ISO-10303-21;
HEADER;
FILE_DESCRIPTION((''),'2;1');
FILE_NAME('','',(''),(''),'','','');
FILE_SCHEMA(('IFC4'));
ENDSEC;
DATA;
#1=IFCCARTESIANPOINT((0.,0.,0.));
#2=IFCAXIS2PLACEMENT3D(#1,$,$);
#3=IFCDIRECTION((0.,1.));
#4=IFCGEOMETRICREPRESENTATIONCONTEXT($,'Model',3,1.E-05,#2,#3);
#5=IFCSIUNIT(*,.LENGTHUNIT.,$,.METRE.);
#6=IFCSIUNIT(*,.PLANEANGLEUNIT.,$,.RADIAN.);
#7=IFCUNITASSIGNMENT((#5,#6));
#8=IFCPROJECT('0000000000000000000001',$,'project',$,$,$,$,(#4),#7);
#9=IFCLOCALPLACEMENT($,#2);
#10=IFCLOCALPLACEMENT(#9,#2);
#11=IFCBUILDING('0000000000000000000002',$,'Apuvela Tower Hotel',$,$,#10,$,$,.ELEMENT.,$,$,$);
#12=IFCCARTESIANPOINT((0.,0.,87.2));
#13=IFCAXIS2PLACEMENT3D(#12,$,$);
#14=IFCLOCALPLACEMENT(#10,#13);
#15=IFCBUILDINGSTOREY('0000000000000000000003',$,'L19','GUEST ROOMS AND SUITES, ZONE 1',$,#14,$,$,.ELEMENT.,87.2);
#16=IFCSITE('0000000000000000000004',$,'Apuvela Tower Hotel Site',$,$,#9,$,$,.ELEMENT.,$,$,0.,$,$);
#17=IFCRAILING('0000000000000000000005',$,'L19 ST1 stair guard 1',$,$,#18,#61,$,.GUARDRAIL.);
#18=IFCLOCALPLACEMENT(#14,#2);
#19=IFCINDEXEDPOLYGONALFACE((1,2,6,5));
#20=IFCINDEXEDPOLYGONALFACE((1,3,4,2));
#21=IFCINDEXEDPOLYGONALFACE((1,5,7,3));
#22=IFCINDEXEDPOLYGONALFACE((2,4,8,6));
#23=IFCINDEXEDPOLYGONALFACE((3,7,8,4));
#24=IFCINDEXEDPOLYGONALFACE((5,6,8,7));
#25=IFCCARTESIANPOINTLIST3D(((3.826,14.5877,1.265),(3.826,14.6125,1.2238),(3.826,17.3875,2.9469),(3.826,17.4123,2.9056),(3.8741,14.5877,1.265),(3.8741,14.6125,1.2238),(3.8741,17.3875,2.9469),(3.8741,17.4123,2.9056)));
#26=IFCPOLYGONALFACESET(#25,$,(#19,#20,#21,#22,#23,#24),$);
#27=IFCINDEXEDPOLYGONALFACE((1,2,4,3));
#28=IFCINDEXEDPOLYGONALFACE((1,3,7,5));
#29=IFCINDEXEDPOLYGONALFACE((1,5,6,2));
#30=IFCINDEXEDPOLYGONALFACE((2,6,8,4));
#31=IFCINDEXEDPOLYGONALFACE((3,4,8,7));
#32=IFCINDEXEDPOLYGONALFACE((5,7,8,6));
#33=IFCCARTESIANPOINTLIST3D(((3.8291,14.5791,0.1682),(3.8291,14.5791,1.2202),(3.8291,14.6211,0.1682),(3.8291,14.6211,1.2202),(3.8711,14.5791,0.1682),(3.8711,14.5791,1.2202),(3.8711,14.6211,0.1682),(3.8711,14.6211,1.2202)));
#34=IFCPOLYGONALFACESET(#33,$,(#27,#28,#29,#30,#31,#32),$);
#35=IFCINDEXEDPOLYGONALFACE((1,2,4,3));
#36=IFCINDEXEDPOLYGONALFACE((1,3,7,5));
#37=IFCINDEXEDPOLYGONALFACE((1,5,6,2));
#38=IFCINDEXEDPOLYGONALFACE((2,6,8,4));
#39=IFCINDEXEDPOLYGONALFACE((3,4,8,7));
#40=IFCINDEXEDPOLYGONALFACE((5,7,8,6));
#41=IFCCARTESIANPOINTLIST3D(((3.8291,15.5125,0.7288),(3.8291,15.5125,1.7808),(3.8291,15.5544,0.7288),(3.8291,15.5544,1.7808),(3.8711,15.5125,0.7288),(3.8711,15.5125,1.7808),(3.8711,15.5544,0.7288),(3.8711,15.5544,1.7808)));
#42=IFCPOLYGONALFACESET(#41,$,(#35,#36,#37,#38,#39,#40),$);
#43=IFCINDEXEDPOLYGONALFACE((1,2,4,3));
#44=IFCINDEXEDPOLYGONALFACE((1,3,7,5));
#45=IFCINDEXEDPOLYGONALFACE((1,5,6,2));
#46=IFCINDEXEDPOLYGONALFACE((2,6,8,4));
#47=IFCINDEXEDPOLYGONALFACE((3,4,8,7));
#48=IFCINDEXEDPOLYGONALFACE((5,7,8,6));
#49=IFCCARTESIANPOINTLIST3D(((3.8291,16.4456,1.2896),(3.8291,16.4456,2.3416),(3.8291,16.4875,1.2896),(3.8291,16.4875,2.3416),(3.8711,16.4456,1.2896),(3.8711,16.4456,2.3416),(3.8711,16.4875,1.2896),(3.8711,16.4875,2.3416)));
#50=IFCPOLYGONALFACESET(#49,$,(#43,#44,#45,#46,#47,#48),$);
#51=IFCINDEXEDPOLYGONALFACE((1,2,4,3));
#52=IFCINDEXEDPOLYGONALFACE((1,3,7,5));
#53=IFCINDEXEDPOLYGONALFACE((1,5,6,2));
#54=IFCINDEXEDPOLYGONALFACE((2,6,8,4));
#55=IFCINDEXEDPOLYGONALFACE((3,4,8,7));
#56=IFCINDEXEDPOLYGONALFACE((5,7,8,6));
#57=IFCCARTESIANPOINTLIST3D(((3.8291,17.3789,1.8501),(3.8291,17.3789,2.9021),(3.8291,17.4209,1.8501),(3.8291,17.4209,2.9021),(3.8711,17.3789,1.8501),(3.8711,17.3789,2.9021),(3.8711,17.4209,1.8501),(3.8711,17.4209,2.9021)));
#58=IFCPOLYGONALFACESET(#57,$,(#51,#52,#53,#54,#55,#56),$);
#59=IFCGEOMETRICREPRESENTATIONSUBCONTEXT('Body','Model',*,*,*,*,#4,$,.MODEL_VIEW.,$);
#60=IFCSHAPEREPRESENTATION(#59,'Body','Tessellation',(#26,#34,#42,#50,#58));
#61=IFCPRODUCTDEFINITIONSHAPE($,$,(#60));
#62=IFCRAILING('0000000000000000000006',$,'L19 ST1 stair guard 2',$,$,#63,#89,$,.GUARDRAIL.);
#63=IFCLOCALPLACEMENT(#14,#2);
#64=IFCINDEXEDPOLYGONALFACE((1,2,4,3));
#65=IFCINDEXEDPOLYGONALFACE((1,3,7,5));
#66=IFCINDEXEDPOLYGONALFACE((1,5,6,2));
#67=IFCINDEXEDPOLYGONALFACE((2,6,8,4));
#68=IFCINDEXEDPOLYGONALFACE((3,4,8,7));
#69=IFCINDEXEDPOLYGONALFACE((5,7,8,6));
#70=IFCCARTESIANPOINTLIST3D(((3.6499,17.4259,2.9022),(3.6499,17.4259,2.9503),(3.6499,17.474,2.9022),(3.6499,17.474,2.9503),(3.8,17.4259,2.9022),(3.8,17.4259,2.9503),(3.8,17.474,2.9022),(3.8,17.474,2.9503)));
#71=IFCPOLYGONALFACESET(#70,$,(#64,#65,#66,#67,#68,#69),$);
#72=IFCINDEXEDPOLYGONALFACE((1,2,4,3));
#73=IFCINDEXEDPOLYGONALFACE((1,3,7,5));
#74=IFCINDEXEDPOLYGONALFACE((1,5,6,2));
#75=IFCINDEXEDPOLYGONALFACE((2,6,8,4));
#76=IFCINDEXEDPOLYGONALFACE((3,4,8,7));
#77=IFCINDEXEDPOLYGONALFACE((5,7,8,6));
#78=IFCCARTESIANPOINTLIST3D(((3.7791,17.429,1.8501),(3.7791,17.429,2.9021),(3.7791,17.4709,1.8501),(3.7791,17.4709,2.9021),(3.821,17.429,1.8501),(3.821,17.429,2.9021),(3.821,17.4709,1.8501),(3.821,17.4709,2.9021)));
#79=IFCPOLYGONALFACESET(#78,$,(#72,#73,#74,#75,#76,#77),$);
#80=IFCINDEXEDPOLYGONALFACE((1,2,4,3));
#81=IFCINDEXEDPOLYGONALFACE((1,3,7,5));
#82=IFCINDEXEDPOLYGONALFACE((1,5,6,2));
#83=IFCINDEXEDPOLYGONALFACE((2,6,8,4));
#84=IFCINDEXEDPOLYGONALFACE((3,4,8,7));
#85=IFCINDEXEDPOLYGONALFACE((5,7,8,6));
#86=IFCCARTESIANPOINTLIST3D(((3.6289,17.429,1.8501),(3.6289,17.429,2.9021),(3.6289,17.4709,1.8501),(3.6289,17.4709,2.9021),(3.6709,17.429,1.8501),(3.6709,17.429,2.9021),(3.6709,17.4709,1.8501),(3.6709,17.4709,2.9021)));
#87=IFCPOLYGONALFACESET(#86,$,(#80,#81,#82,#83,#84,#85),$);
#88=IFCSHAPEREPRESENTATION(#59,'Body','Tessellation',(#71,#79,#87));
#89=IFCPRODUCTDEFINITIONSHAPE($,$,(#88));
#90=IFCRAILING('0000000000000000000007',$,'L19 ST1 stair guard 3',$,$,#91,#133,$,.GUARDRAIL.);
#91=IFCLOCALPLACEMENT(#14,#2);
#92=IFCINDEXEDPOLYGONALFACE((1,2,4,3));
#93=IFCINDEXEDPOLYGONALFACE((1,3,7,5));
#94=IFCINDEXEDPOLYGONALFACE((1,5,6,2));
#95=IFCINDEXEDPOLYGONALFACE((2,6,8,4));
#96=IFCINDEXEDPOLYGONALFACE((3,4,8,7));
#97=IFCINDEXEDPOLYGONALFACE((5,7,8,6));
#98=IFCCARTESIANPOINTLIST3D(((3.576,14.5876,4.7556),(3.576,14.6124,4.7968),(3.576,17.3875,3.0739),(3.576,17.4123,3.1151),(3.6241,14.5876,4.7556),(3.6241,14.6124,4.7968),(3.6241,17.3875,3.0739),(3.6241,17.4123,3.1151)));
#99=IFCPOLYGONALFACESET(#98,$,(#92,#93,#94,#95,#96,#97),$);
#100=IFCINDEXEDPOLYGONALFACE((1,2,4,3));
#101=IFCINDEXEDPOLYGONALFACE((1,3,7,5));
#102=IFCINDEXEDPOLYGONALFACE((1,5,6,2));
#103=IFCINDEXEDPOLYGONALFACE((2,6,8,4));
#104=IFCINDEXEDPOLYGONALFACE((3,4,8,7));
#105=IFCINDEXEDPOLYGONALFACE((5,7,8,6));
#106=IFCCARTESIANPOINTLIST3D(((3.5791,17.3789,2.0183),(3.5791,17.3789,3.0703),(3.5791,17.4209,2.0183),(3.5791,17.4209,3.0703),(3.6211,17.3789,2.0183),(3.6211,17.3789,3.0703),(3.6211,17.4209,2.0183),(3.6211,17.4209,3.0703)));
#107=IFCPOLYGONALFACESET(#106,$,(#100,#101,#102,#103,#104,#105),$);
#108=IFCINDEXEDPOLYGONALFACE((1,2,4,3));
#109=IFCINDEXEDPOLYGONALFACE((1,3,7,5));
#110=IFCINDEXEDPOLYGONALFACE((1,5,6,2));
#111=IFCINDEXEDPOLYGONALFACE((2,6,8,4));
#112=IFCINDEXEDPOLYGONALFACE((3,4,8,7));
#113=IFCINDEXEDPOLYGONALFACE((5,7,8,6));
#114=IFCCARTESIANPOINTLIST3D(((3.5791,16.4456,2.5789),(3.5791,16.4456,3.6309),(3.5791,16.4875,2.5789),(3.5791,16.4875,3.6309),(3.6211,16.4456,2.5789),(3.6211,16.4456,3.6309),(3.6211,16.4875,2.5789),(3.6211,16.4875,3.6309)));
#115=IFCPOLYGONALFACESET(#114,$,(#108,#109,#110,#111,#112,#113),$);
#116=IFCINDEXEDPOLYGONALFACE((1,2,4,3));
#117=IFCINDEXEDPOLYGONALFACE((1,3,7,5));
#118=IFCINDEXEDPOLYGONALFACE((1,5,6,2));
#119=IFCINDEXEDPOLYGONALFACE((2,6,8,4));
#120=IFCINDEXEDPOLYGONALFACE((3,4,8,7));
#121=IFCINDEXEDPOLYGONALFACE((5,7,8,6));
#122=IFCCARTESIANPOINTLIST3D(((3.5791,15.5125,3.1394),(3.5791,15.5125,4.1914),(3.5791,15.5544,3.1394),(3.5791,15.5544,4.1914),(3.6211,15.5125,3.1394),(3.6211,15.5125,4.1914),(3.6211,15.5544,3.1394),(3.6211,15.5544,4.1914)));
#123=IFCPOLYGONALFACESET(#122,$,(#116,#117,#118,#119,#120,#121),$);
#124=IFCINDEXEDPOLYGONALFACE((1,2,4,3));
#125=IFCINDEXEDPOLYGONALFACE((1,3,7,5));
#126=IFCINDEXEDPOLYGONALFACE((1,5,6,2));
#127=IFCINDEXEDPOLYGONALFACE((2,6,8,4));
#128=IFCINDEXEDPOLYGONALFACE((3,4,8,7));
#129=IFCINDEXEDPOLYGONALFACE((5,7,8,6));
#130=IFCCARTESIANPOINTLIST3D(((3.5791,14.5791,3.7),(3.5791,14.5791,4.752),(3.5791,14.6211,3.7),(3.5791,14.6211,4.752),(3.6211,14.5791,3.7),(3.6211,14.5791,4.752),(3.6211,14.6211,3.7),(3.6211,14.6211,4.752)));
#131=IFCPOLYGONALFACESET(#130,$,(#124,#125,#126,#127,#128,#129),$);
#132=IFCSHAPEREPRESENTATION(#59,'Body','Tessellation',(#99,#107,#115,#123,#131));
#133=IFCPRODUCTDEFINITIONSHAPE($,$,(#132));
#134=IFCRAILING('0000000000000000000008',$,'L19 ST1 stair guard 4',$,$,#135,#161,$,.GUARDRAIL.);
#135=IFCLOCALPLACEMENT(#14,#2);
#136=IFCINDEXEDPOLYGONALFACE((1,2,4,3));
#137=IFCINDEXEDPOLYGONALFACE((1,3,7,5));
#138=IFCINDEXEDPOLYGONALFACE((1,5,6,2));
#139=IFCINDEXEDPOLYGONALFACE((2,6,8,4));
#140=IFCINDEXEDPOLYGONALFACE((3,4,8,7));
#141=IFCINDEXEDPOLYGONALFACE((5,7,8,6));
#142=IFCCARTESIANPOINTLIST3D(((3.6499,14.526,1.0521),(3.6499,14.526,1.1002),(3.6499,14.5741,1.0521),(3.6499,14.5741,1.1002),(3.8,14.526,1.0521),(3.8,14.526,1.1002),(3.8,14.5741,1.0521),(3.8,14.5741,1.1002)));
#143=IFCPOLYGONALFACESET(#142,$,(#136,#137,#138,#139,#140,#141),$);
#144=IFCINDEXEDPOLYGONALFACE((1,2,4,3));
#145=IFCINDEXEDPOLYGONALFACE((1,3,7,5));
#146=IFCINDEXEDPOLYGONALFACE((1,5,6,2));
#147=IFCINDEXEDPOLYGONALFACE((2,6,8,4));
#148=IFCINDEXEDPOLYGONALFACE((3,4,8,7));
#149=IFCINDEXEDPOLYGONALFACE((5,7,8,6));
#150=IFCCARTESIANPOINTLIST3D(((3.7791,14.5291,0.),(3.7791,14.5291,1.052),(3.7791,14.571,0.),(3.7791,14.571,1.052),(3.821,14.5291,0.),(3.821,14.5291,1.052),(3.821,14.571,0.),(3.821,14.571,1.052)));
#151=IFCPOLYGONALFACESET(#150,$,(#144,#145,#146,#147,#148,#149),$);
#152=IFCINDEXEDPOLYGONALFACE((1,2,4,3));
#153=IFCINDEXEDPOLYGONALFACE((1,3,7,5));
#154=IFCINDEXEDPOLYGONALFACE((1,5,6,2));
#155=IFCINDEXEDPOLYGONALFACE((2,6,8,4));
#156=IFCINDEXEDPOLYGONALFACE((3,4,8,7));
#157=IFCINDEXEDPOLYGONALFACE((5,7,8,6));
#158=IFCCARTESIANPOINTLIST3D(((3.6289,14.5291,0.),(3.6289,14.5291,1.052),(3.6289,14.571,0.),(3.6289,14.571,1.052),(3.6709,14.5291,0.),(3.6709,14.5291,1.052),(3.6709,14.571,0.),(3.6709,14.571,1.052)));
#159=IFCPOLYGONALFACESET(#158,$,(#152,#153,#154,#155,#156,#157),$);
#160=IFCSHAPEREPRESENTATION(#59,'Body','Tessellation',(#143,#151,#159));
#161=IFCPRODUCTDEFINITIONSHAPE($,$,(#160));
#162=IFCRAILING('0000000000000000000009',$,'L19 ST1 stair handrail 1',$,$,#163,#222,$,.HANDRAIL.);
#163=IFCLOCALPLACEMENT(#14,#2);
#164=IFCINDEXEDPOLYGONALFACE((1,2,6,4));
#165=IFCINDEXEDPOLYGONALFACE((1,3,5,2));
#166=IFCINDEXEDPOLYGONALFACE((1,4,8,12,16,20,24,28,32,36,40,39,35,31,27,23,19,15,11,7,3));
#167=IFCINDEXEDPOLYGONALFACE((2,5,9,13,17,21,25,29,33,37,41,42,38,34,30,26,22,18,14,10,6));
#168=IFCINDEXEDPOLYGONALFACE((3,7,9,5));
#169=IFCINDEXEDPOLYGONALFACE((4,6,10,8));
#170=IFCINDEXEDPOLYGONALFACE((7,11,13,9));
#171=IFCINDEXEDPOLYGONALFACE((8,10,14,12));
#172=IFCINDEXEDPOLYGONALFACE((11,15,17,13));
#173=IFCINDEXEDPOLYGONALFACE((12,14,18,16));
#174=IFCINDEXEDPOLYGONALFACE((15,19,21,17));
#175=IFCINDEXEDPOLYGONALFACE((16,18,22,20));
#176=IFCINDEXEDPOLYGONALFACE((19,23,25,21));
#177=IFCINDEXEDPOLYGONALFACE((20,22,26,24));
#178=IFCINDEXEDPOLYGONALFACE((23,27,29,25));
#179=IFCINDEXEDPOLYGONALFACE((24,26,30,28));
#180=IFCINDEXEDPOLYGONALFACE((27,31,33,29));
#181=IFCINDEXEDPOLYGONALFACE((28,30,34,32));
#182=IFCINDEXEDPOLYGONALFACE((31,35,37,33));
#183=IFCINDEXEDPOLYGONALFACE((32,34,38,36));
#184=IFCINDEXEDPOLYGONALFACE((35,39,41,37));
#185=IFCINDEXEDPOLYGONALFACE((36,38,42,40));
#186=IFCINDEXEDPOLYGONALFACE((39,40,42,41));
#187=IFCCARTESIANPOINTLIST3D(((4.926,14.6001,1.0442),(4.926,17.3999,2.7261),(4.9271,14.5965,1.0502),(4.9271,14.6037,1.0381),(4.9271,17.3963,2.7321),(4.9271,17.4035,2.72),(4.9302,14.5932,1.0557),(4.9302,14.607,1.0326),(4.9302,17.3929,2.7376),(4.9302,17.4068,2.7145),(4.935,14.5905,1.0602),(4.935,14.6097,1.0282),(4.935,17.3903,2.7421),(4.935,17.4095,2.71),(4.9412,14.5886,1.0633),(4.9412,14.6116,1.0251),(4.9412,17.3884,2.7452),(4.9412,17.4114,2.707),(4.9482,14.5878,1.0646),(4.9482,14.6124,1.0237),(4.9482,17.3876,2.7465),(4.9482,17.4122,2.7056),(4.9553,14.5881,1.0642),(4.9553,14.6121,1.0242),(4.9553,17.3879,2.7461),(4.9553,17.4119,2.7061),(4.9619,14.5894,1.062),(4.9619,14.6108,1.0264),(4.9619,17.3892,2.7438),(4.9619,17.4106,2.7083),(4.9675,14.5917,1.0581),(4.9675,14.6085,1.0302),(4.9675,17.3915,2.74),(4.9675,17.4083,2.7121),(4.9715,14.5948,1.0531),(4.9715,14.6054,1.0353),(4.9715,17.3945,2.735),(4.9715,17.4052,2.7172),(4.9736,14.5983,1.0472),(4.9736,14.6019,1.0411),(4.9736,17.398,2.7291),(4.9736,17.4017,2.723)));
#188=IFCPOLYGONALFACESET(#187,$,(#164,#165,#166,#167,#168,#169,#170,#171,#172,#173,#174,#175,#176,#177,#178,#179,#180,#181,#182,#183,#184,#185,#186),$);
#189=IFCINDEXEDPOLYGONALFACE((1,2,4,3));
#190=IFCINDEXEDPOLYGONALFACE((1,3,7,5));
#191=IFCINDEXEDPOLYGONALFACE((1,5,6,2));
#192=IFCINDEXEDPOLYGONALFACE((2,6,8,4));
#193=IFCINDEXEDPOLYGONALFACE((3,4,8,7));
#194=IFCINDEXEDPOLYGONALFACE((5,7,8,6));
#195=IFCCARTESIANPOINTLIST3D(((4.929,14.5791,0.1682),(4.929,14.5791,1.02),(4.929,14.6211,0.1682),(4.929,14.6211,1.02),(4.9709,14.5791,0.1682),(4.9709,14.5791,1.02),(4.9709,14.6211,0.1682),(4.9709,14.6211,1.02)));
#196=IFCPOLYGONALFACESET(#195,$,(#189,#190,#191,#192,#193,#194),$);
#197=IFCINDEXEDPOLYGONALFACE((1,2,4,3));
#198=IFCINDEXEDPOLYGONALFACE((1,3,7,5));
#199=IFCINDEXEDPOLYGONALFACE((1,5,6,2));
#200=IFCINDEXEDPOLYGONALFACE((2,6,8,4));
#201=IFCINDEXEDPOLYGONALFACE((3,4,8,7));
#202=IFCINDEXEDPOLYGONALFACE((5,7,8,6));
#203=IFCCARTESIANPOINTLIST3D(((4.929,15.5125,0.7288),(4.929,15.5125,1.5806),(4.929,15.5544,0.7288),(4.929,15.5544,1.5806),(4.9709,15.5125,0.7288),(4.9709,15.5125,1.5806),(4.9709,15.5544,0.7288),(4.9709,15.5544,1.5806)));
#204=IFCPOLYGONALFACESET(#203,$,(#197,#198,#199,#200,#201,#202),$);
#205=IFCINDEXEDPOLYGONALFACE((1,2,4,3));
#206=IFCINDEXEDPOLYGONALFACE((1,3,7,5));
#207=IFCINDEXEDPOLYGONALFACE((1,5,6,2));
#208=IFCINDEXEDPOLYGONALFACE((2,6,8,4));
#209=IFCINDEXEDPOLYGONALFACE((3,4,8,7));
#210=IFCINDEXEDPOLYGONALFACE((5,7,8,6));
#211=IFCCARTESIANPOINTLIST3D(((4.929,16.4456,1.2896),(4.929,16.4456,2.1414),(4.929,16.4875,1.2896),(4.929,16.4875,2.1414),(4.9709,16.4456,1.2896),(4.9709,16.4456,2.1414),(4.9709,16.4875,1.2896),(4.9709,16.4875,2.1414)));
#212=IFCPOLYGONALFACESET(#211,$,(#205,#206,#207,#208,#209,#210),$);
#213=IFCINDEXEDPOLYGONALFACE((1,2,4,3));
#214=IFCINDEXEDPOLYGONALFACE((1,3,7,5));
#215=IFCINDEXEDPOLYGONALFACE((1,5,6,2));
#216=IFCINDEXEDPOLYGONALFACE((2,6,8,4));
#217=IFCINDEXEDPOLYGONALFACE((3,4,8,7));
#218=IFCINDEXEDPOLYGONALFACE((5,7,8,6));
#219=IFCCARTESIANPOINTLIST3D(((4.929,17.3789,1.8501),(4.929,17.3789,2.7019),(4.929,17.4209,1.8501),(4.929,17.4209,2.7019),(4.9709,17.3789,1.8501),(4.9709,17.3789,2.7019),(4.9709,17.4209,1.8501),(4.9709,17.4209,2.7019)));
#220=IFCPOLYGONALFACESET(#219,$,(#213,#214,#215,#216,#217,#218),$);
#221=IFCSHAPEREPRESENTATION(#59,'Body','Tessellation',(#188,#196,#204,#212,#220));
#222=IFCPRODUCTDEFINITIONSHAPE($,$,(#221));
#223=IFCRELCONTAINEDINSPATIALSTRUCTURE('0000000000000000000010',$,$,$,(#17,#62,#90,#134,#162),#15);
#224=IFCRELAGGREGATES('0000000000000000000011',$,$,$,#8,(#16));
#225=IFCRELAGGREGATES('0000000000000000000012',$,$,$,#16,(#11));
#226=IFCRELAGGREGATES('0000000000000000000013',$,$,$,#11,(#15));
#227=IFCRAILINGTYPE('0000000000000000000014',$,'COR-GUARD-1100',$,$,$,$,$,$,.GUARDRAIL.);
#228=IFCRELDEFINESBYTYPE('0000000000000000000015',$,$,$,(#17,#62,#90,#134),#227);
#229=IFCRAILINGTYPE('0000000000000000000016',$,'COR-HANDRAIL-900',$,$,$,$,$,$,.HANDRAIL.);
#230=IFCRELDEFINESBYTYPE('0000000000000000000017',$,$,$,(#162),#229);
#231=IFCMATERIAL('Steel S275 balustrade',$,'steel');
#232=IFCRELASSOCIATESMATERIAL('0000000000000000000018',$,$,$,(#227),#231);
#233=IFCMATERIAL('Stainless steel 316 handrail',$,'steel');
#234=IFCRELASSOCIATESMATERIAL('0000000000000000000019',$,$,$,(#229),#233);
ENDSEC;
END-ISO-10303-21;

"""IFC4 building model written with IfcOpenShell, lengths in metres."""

from ifc_helpers import new_model, si_unit, direction, frame, origin, origin_2d, place, context, subcontext, project, spatial, rectangle, circle, extrude, material, type_object, element, save


model = new_model("IFC4")

# Units and contexts
model_context = context("Model", 3, precision=1e-05, world=origin(), true_north=direction((0.0, 1.0)))
body_context = subcontext(model_context, "Body", "Model", "MODEL_VIEW")
ifc_project = project(units=[si_unit("LENGTHUNIT", "METRE"), si_unit("PLANEANGLEUNIT", "RADIAN")], contexts=[model_context])

# Site, building, storey
site_placement = place(None, origin())
site = spatial("IfcSite", under=ifc_project, at=site_placement, Name="Apuvela Tower Hotel Site", CompositionType="ELEMENT", RefElevation=0.0)
building_placement = place(site_placement, origin())
building = spatial("IfcBuilding", under=site, at=building_placement, Name="Apuvela Tower Hotel", CompositionType="ELEMENT")
storey_placement = place(building_placement, frame((0.0, 0.0, 87.2)))
storey = spatial("IfcBuildingStorey", under=building, at=storey_placement, Name="L19", Description="GUEST ROOMS AND SUITES, ZONE 1", CompositionType="ELEMENT", Elevation=87.2)

# Railings
ifc_material_1 = material(Name="Steel S275 balustrade", Category="steel")
railing_type_1 = type_object("IfcRailingType", Name="COR-GUARD-1100", PredefinedType="GUARDRAIL", material=ifc_material_1)
railing_1_placement = place(storey_placement, frame((3.8501, 14.6001, 0.1682)))
element("IfcRailing", 1, at=railing_1_placement, inside=storey, type_object=railing_type_1, Name="L19 ST1 stair guard 1", PredefinedType="GUARDRAIL", context=body_context, shape_type="SweptSolid", body=[
    extrude(rectangle(XDim=0.0481, YDim=0.0481, at=origin_2d()), frame((0.0, 0.0, 1.0762), z_axis=(0.0, 0.857222, 0.514946), x_axis=(-1.0, 0.0, 0.0)), (0.0, 0.0, 1.0), 3.2661),
    extrude(rectangle(XDim=0.042, YDim=0.042, at=origin_2d()), origin(), (0.0, 0.0, 1.0), 1.052),
    extrude(rectangle(XDim=0.042, YDim=0.042, at=origin_2d()), frame((0.0, 0.9333, 0.5605)), (0.0, 0.0, 1.0), 1.052),
    extrude(rectangle(XDim=0.042, YDim=0.042, at=origin_2d()), frame((0.0, 1.8665, 1.1213)), (0.0, 0.0, 1.0), 1.052),
    extrude(rectangle(XDim=0.042, YDim=0.042, at=origin_2d()), frame((0.0, 2.7998, 1.6819)), (0.0, 0.0, 1.0), 1.052),
])
railing_2_placement = place(storey_placement, frame((3.8, 17.45, 1.8501)))
element("IfcRailing", 2, at=railing_2_placement, inside=storey, type_object=railing_type_1, Name="L19 ST1 stair guard 2", PredefinedType="GUARDRAIL", context=body_context, shape_type="SweptSolid", body=[
    extrude(rectangle(XDim=0.0481, YDim=0.0481, at=origin_2d()), frame((0.0, 0.0, 1.0762), z_axis=(-1.0, 0.0, 0.0), x_axis=(0.0, -1.0, 0.0)), (0.0, 0.0, 1.0), 0.1501),
    extrude(rectangle(XDim=0.042, YDim=0.042, at=origin_2d()), origin(), (0.0, 0.0, 1.0), 1.052),
    extrude(rectangle(XDim=0.042, YDim=0.042, at=origin_2d()), frame((-0.1501, 0.0, 0.0)), (0.0, 0.0, 1.0), 1.052),
])
railing_3_placement = place(storey_placement, frame((3.6001, 17.3999, 2.0183)))
element("IfcRailing", 3, at=railing_3_placement, inside=storey, type_object=railing_type_1, Name="L19 ST1 stair guard 3", PredefinedType="GUARDRAIL", context=body_context, shape_type="SweptSolid", body=[
    extrude(rectangle(XDim=0.0481, YDim=0.0481, at=origin_2d()), frame((0.0, 0.0, 1.0762), z_axis=(0.0, -0.857255, 0.514891), x_axis=(1.0, 0.0, 0.0)), (0.0, 0.0, 1.0), 3.2661),
    extrude(rectangle(XDim=0.042, YDim=0.042, at=origin_2d()), origin(), (0.0, 0.0, 1.0), 1.052),
    extrude(rectangle(XDim=0.042, YDim=0.042, at=origin_2d()), frame((0.0, -0.9333, 0.5605)), (0.0, 0.0, 1.0), 1.052),
    extrude(rectangle(XDim=0.042, YDim=0.042, at=origin_2d()), frame((0.0, -1.8665, 1.1211)), (0.0, 0.0, 1.0), 1.052),
    extrude(rectangle(XDim=0.042, YDim=0.042, at=origin_2d()), frame((0.0, -2.7998, 1.6816)), (0.0, 0.0, 1.0), 1.052),
])
railing_4_placement = place(storey_placement, frame((3.8, 14.55, 0.0)))
element("IfcRailing", 4, at=railing_4_placement, inside=storey, type_object=railing_type_1, Name="L19 ST1 stair guard 4", PredefinedType="GUARDRAIL", context=body_context, shape_type="SweptSolid", body=[
    extrude(rectangle(XDim=0.0481, YDim=0.0481, at=origin_2d()), frame((0.0, 0.0, 1.0762), z_axis=(-1.0, 0.0, 0.0), x_axis=(0.0, -1.0, 0.0)), (0.0, 0.0, 1.0), 0.1501),
    extrude(rectangle(XDim=0.042, YDim=0.042, at=origin_2d()), origin(), (0.0, 0.0, 1.0), 1.052),
    extrude(rectangle(XDim=0.042, YDim=0.042, at=origin_2d()), frame((-0.1501, 0.0, 0.0)), (0.0, 0.0, 1.0), 1.052),
])
ifc_material_2 = material(Name="Stainless steel 316 handrail", Category="steel")
railing_type_2 = type_object("IfcRailingType", Name="COR-HANDRAIL-900", PredefinedType="HANDRAIL", material=ifc_material_2)
railing_5_placement = place(storey_placement, frame((4.95, 14.6001, 0.1682)))
element("IfcRailing", 5, at=railing_5_placement, inside=storey, type_object=railing_type_2, Name="L19 ST1 stair handrail 1", PredefinedType="HANDRAIL", context=body_context, shape_type="SweptSolid", body=[
    extrude(circle(Radius=0.0239, at=origin_2d()), frame((0.0, 0.0, 0.876), z_axis=(0.0, 0.857222, 0.514946), x_axis=(-1.0, 0.0, 0.0)), (0.0, 0.0, 1.0), 3.2661),
    extrude(rectangle(XDim=0.042, YDim=0.042, at=origin_2d()), origin(), (0.0, 0.0, 1.0), 0.8518),
    extrude(rectangle(XDim=0.042, YDim=0.042, at=origin_2d()), frame((0.0, 0.9333, 0.5605)), (0.0, 0.0, 1.0), 0.8518),
    extrude(rectangle(XDim=0.042, YDim=0.042, at=origin_2d()), frame((0.0, 1.8665, 1.1213)), (0.0, 0.0, 1.0), 0.8518),
    extrude(rectangle(XDim=0.042, YDim=0.042, at=origin_2d()), frame((0.0, 2.7998, 1.6819)), (0.0, 0.0, 1.0), 0.8518),
])

save(model, "model.ifc")
